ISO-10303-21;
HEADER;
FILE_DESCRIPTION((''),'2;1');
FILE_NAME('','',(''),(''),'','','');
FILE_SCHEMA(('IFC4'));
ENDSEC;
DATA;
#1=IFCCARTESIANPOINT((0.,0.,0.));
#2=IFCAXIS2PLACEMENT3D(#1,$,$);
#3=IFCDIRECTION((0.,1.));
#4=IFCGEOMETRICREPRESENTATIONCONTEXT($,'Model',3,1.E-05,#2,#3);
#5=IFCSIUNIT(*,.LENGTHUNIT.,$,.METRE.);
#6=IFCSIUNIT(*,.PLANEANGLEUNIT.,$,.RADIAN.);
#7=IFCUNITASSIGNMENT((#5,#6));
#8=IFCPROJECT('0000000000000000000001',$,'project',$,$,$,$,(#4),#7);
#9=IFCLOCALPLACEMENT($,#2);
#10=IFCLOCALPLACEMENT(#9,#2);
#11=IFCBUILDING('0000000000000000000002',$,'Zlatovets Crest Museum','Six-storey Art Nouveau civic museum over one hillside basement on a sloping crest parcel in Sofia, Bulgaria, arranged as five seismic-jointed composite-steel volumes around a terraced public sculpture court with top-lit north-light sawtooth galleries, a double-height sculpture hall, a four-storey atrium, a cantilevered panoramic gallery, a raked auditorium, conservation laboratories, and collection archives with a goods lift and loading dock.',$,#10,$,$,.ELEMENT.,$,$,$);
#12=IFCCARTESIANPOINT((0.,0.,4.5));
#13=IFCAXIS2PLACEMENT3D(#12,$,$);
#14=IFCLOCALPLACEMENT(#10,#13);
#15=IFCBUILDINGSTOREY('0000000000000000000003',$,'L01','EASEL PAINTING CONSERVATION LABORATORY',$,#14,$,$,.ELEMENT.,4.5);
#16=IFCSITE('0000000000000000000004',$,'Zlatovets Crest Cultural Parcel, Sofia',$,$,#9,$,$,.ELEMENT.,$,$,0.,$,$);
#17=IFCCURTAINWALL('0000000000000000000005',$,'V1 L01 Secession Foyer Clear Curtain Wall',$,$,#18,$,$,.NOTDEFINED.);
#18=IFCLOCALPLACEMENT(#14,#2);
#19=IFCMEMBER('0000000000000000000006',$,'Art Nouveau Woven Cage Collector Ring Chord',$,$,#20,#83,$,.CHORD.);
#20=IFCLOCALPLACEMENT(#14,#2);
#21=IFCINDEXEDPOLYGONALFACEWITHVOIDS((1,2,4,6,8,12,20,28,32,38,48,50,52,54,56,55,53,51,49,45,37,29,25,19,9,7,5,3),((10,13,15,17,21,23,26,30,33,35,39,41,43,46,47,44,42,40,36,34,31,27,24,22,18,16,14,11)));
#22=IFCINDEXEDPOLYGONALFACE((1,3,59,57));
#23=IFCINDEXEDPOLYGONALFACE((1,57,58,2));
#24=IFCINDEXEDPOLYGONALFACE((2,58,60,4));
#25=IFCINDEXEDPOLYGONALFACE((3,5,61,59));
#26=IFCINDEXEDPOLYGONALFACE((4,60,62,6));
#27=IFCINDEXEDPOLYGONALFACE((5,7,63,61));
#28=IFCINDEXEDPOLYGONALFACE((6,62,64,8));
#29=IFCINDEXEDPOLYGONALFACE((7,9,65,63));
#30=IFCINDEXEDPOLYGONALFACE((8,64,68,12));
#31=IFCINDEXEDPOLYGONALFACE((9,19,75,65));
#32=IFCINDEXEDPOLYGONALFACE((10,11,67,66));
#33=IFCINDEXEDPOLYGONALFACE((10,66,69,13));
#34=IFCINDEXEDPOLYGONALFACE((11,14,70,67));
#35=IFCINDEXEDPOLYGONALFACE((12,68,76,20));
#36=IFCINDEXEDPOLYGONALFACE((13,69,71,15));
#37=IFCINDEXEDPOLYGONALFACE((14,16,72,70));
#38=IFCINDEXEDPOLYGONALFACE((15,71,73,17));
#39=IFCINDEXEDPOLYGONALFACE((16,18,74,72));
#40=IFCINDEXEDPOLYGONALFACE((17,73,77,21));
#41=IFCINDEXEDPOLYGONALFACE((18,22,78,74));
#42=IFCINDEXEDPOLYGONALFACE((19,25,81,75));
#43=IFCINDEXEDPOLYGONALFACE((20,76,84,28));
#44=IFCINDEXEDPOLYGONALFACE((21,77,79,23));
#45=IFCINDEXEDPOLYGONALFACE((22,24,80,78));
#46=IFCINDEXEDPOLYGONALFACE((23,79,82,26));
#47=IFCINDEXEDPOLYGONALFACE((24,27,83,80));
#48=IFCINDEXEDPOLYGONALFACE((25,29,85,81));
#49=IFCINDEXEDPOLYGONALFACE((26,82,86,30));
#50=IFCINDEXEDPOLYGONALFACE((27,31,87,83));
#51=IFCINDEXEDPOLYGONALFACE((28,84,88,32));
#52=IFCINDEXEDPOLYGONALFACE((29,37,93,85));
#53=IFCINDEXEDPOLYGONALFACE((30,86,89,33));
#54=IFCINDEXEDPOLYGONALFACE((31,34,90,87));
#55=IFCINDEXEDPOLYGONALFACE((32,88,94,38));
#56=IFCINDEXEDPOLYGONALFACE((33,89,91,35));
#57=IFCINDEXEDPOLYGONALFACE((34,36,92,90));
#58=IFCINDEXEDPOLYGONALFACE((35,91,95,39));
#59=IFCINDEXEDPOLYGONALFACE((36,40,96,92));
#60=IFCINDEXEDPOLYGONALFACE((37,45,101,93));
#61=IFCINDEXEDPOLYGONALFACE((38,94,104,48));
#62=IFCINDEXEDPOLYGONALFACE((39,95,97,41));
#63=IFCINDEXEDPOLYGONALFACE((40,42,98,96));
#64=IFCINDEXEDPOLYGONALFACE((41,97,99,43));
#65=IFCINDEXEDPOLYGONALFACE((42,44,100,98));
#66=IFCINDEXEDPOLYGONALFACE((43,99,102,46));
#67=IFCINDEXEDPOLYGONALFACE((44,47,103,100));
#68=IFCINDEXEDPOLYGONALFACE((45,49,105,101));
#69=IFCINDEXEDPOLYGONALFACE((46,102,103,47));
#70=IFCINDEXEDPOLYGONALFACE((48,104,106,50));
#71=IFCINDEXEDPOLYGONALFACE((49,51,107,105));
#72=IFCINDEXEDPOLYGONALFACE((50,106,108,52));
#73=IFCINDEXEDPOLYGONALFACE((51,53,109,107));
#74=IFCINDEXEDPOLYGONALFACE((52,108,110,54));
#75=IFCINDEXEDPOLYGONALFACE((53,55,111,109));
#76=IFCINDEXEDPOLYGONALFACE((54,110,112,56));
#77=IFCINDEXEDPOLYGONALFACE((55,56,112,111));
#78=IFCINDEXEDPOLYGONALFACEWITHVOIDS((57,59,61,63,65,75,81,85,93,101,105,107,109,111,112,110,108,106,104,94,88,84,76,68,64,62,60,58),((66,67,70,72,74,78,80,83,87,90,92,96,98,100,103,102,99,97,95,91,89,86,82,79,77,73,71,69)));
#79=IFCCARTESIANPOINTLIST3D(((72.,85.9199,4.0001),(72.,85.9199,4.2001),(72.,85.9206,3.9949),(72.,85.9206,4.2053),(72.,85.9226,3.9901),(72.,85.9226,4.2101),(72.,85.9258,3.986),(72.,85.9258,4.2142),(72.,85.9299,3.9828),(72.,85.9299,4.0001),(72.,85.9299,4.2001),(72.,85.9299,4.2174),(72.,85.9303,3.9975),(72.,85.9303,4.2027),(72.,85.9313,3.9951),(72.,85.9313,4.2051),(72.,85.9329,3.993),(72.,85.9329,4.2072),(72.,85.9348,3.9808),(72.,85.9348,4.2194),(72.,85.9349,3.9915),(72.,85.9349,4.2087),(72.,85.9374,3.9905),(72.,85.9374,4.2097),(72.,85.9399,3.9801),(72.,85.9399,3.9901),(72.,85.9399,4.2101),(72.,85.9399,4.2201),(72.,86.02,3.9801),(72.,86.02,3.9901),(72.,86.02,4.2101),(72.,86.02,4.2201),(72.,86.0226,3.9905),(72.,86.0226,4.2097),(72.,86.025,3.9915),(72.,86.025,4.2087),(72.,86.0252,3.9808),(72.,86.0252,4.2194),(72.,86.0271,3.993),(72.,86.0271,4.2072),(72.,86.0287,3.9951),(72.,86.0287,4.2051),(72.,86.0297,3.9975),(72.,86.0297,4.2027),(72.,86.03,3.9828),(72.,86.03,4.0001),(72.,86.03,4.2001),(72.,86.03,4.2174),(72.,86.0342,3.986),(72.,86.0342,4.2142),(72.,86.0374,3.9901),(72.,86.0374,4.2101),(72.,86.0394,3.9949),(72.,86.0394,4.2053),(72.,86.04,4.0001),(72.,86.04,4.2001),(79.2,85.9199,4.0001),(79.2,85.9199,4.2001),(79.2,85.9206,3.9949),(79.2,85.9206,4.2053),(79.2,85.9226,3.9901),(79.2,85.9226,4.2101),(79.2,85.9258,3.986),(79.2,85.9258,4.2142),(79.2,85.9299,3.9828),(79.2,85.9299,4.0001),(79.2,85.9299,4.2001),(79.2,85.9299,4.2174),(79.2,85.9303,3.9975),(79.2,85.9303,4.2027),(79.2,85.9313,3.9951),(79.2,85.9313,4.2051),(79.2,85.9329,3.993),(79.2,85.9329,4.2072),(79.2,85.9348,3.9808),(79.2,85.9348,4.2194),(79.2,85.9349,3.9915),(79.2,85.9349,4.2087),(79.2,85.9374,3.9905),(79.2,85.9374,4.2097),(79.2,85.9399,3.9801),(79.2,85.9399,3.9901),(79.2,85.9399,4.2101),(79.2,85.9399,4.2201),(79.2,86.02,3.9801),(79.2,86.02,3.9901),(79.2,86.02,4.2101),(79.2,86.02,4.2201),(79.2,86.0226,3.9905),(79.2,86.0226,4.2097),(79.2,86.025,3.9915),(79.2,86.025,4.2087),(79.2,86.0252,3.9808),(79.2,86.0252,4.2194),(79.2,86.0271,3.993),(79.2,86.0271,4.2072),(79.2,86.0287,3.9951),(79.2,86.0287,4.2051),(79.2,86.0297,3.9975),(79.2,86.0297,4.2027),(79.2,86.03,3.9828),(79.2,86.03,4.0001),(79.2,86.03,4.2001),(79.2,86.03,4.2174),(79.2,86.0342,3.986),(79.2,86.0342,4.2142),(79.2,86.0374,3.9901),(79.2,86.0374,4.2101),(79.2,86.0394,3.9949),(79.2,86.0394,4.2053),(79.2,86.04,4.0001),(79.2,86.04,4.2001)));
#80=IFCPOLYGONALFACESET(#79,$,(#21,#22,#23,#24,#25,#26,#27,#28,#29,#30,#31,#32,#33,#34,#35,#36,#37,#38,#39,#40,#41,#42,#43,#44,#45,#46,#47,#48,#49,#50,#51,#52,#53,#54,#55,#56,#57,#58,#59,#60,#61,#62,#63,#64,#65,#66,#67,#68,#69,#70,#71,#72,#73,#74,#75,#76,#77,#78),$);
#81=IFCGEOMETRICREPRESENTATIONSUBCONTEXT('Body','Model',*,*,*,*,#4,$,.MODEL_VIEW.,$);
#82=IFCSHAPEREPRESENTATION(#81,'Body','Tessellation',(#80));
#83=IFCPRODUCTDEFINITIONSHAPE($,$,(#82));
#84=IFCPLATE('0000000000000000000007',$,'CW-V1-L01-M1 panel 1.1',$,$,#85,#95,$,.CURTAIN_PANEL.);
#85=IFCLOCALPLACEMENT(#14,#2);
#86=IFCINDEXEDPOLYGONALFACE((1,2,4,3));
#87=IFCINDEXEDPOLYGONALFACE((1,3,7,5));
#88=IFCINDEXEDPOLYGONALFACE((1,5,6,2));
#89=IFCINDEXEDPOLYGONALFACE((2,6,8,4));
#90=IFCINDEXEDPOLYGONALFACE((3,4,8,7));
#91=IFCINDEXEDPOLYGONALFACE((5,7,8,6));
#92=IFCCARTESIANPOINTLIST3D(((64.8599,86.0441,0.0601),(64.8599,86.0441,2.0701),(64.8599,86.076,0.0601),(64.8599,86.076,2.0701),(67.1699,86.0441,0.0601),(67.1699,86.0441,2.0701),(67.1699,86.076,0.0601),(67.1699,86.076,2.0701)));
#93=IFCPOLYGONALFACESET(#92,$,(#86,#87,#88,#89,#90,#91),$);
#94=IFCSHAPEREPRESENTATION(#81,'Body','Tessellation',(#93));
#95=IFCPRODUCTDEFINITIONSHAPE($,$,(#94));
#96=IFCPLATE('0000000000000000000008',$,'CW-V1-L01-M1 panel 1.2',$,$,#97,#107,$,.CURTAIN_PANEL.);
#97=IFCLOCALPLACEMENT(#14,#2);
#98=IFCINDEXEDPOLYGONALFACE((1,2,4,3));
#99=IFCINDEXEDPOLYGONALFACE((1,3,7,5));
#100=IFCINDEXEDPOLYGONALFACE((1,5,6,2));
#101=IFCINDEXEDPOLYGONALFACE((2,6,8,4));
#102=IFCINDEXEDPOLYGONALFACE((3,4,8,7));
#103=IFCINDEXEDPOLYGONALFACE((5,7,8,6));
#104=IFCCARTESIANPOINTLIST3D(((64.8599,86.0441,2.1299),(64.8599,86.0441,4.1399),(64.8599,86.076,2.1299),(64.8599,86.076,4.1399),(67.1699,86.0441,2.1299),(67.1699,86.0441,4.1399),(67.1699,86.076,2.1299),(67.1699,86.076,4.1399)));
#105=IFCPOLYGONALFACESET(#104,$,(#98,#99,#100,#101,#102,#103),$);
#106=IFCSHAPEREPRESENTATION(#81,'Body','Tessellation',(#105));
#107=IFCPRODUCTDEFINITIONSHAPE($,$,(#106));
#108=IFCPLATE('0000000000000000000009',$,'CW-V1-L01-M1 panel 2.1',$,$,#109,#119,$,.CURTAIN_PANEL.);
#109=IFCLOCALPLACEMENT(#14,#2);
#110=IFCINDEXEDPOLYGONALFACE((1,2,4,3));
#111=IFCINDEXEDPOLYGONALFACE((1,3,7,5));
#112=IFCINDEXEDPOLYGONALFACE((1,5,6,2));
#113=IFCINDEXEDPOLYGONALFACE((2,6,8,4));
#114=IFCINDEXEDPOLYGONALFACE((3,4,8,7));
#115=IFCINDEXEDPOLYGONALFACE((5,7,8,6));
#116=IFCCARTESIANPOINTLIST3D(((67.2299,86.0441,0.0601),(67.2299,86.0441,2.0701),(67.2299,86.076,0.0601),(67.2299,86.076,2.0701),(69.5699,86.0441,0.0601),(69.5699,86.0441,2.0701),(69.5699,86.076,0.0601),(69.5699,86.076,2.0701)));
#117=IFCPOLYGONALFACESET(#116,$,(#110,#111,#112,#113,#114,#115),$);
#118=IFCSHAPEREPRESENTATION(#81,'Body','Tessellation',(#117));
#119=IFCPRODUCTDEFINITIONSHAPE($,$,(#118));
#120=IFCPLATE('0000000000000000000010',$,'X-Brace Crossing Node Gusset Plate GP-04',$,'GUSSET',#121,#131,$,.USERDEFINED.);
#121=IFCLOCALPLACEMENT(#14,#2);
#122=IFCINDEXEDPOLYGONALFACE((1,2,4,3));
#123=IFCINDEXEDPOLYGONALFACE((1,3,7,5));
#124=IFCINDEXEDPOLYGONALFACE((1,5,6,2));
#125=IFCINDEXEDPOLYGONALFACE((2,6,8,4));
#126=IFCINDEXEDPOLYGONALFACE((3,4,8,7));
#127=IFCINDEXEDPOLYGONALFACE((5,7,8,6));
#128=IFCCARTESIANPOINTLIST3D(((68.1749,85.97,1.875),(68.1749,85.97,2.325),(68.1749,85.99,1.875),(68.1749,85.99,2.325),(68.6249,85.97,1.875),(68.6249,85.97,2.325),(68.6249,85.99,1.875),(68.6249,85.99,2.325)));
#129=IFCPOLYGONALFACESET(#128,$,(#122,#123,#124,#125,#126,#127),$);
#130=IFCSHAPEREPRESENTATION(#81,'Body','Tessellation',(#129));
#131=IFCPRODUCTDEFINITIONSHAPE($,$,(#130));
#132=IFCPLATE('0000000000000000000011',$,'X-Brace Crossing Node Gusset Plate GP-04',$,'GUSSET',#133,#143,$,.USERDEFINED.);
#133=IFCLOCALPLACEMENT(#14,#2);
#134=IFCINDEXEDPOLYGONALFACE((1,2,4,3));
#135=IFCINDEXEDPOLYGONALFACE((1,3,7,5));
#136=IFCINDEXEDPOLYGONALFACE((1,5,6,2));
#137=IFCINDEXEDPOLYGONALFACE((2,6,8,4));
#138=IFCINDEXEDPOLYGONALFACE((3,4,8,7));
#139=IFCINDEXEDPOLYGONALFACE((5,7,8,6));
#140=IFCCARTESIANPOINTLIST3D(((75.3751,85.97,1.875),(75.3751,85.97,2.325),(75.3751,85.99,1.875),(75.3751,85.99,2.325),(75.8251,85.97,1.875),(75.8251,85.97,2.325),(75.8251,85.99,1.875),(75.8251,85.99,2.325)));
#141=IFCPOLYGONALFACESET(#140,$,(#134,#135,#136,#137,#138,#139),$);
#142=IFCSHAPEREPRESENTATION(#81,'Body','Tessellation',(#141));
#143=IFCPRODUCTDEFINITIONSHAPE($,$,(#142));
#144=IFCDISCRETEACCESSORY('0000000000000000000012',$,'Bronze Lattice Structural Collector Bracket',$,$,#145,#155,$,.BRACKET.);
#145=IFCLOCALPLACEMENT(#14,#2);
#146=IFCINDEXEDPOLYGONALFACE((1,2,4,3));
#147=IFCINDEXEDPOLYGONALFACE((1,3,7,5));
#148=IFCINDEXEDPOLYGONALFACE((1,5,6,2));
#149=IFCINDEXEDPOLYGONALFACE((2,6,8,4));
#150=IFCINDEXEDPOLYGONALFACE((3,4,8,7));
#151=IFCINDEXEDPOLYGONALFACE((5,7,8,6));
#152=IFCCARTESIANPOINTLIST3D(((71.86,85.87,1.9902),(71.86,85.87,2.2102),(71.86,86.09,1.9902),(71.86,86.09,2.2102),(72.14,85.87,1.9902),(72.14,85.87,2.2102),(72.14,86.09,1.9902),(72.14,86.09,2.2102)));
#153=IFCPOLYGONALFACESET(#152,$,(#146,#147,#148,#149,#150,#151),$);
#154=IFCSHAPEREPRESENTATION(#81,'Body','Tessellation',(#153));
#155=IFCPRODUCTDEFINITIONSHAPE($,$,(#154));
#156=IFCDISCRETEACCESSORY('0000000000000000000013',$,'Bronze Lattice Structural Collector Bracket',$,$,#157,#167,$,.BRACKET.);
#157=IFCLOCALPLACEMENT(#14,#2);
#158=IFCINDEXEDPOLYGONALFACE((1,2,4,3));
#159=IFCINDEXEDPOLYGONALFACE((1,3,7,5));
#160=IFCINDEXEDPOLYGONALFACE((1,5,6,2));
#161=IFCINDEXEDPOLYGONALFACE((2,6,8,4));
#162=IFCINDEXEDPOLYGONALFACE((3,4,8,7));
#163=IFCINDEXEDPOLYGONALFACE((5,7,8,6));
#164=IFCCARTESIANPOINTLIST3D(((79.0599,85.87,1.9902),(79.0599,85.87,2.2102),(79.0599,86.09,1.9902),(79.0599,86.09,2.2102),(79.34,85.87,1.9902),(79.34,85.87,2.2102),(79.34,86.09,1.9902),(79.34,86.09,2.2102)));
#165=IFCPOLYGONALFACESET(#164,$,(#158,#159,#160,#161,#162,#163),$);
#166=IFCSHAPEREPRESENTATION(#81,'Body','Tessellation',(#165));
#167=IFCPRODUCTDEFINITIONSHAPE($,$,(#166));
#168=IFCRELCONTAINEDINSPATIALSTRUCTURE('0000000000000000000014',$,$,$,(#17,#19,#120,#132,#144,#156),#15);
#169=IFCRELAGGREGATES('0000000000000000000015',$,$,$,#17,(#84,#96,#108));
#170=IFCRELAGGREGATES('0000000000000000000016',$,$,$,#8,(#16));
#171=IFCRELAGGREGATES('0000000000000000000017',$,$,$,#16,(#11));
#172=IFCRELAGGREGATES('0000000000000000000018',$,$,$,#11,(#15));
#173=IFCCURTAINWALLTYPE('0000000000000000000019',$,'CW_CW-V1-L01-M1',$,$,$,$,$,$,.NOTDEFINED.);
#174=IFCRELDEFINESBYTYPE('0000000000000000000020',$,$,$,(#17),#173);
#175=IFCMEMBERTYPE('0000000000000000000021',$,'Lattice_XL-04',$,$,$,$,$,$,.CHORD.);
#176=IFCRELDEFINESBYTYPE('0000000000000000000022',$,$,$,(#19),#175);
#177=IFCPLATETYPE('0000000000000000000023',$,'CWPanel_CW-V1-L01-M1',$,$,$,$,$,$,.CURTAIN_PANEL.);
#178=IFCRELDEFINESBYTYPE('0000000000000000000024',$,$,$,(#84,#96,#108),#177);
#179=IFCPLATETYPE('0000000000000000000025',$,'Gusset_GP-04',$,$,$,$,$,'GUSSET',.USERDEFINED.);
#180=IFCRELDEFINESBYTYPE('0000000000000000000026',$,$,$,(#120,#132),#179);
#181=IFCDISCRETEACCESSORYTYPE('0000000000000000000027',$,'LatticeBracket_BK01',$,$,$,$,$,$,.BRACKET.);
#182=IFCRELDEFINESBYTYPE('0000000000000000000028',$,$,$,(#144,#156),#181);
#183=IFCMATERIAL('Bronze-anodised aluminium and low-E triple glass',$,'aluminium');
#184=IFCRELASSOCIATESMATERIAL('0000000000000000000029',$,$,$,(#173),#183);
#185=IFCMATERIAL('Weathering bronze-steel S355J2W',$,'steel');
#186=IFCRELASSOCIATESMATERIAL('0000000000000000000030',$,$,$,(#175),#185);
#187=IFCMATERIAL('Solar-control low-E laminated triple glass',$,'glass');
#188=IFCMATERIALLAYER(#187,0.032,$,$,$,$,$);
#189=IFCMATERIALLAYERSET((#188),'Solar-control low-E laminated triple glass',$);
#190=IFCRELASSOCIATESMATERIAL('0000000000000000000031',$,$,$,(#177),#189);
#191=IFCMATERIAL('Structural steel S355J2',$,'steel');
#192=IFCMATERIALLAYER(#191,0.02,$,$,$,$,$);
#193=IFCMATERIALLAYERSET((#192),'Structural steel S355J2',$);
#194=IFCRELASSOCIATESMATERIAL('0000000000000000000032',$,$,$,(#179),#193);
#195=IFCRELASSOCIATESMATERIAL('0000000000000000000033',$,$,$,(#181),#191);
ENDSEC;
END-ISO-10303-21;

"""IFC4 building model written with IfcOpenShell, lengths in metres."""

from ifc_helpers import new_model, si_unit, direction, frame, origin, origin_2d, place, context, subcontext, project, spatial, rectangle, hollow_rectangle, extrude, material, layer, layer_set, material_profile, profile_set, type_object, element, aggregate, save


model = new_model("IFC4")

# Units and contexts
model_context = context("Model", 3, precision=1e-05, world=origin(), true_north=direction((0.0, 1.0)))
body_context = subcontext(model_context, "Body", "Model", "MODEL_VIEW")
ifc_project = project(units=[si_unit("LENGTHUNIT", "METRE"), si_unit("PLANEANGLEUNIT", "RADIAN")], contexts=[model_context])

# Site, building, storey
site_placement = place(None, origin())
site = spatial("IfcSite", under=ifc_project, at=site_placement, Name="Zlatovets Crest Cultural Parcel, Sofia", CompositionType="ELEMENT", RefElevation=0.0)
building_placement = place(site_placement, origin())
building = spatial("IfcBuilding", under=site, at=building_placement, Name="Zlatovets Crest Museum", Description="Six-storey Art Nouveau civic museum over one hillside basement on a sloping crest parcel in Sofia, Bulgaria, arranged as five seismic-jointed composite-steel volumes around a terraced public sculpture court with top-lit north-light sawtooth galleries, a double-height sculpture hall, a four-storey atrium, a cantilevered panoramic gallery, a raked auditorium, conservation laboratories, and collection archives with a goods lift and loading dock.", CompositionType="ELEMENT")
storey_placement = place(building_placement, frame((0.0, 0.0, 4.5)))
storey = spatial("IfcBuildingStorey", under=building, at=storey_placement, Name="L01", Description="EASEL PAINTING CONSERVATION LABORATORY", CompositionType="ELEMENT", Elevation=4.5)

# Shared definitions
ifc_material_1 = material(Name="Structural steel S355J2", Category="steel")

# Curtain wall
ifc_material_2 = material(Name="Bronze-anodised aluminium and low-E triple glass", Category="aluminium")
curtain_wall_type = type_object("IfcCurtainWallType", Name="CW_CW-V1-L01-M1", PredefinedType="NOTDEFINED", material=ifc_material_2)
curtain_wall_placement = place(storey_placement, origin())
curtain_wall = element("IfcCurtainWall", 1, at=curtain_wall_placement, inside=storey, type_object=curtain_wall_type, Name="V1 L01 Secession Foyer Clear Curtain Wall", PredefinedType="NOTDEFINED")

# Member
ifc_material_3 = material(Name="Weathering bronze-steel S355J2W", Category="steel")
ifc_material_profile_1 = material_profile(ifc_material_3, hollow_rectangle(XDim=0.1201, YDim=0.24, WallThickness=0.01, InnerFilletRadius=0.01, OuterFilletRadius=0.02, at=origin_2d()), Name="RHS 120x240x10.0")
ifc_profile_set_1 = profile_set([ifc_material_profile_1], Name="Weathering bronze-steel S355J2W")
member_type_1 = type_object("IfcMemberType", Name="Lattice_XL-04", PredefinedType="CHORD", material=ifc_profile_set_1)
for number, where, z_axis, x_axis, name in (
    (2, (72.0, 85.98, 4.1001), (1.0, 0.0, 0.0), (0.0, 1.0, 0.0), "Art Nouveau Woven Cage Collector Ring Chord"),
):
    element("IfcMember", number, at=place(storey_placement, frame(where, z_axis=z_axis, x_axis=x_axis)), inside=storey, type_object=member_type_1, Name=name, PredefinedType="CHORD", context=body_context, shape_type="SweptSolid", body=[
        extrude(hollow_rectangle(XDim=0.1201, YDim=0.24, WallThickness=0.01, InnerFilletRadius=0.01, OuterFilletRadius=0.02, at=origin_2d()), origin(), (0.0, 0.0, 1.0), 7.2),
    ])

# Plates
ifc_material_4 = material(Name="Solar-control low-E laminated triple glass", Category="glass")
ifc_layer_1 = layer(ifc_material_4, 0.032)
ifc_layer_set_1 = layer_set([ifc_layer_1], Name="Solar-control low-E laminated triple glass")
plate_type_1 = type_object("IfcPlateType", Name="CWPanel_CW-V1-L01-M1", PredefinedType="CURTAIN_PANEL", material=ifc_layer_set_1)
plate_1_placement = place(storey_placement, frame((66.0149, 86.0601, 0.0601), z_axis=(0.0, 0.0, 1.0), x_axis=(1.0, 0.0, 0.0)))
plate_1 = element("IfcPlate", 3, at=plate_1_placement, type_object=plate_type_1, Name="CW-V1-L01-M1 panel 1.1", PredefinedType="CURTAIN_PANEL", context=body_context, shape_type="SweptSolid", body=[
    extrude(rectangle(XDim=2.3101, YDim=0.032, at=origin_2d()), origin(), (0.0, 0.0, 1.0), 2.01),
])
plate_2_placement = place(storey_placement, frame((66.0149, 86.0601, 2.1299), z_axis=(0.0, 0.0, 1.0), x_axis=(1.0, 0.0, 0.0)))
plate_2 = element("IfcPlate", 4, at=plate_2_placement, type_object=plate_type_1, Name="CW-V1-L01-M1 panel 1.2", PredefinedType="CURTAIN_PANEL", context=body_context, shape_type="SweptSolid", body=[
    extrude(rectangle(XDim=2.3101, YDim=0.032, at=origin_2d()), origin(), (0.0, 0.0, 1.0), 2.01),
])
plate_3_placement = place(storey_placement, frame((68.3999, 86.0601, 0.0601), z_axis=(0.0, 0.0, 1.0), x_axis=(1.0, 0.0, 0.0)))
plate_3 = element("IfcPlate", 5, at=plate_3_placement, type_object=plate_type_1, Name="CW-V1-L01-M1 panel 2.1", PredefinedType="CURTAIN_PANEL", context=body_context, shape_type="SweptSolid", body=[
    extrude(rectangle(XDim=2.3401, YDim=0.032, at=origin_2d()), origin(), (0.0, 0.0, 1.0), 2.01),
])
aggregate(curtain_wall, [plate_1, plate_2, plate_3])

# Plates
ifc_layer_2 = layer(ifc_material_1, 0.02)
ifc_layer_set_2 = layer_set([ifc_layer_2], Name="Structural steel S355J2")
plate_type_2 = type_object("IfcPlateType", Name="Gusset_GP-04", ElementType="GUSSET", PredefinedType="USERDEFINED", material=ifc_layer_set_2)
for number, where, z_axis, x_axis, name in (
    (6, (68.3999, 85.98, 1.875), (0.0, 0.0, 1.0), (1.0, 0.0, 0.0), "X-Brace Crossing Node Gusset Plate GP-04"),
    (7, (75.6001, 85.98, 1.875), (0.0, 0.0, 1.0), (1.0, 0.0, 0.0), "X-Brace Crossing Node Gusset Plate GP-04"),
):
    element("IfcPlate", number, at=place(storey_placement, frame(where, z_axis=z_axis, x_axis=x_axis)), inside=storey, type_object=plate_type_2, Name=name, ObjectType="GUSSET", PredefinedType="USERDEFINED", context=body_context, shape_type="SweptSolid", body=[
        extrude(rectangle(XDim=0.45, YDim=0.02, at=origin_2d()), origin(), (0.0, 0.0, 1.0), 0.45),
    ])

# Discrete accessories
discrete_accessory_type = type_object("IfcDiscreteAccessoryType", Name="LatticeBracket_BK01", PredefinedType="BRACKET", material=ifc_material_1)
for number, where, z_axis, x_axis, name in (
    (8, (72.0, 85.98, 1.9902), (0.0, 0.0, 1.0), (1.0, 0.0, 0.0), "Bronze Lattice Structural Collector Bracket"),
    (9, (79.2, 85.98, 1.9902), (0.0, 0.0, 1.0), (1.0, 0.0, 0.0), "Bronze Lattice Structural Collector Bracket"),
):
    element("IfcDiscreteAccessory", number, at=place(storey_placement, frame(where, z_axis=z_axis, x_axis=x_axis)), inside=storey, type_object=discrete_accessory_type, Name=name, PredefinedType="BRACKET", context=body_context, shape_type="SweptSolid", body=[
        extrude(rectangle(XDim=0.28, YDim=0.22, at=origin_2d()), origin(), (0.0, 0.0, 1.0), 0.22),
    ])

save(model, "model.ifc")
